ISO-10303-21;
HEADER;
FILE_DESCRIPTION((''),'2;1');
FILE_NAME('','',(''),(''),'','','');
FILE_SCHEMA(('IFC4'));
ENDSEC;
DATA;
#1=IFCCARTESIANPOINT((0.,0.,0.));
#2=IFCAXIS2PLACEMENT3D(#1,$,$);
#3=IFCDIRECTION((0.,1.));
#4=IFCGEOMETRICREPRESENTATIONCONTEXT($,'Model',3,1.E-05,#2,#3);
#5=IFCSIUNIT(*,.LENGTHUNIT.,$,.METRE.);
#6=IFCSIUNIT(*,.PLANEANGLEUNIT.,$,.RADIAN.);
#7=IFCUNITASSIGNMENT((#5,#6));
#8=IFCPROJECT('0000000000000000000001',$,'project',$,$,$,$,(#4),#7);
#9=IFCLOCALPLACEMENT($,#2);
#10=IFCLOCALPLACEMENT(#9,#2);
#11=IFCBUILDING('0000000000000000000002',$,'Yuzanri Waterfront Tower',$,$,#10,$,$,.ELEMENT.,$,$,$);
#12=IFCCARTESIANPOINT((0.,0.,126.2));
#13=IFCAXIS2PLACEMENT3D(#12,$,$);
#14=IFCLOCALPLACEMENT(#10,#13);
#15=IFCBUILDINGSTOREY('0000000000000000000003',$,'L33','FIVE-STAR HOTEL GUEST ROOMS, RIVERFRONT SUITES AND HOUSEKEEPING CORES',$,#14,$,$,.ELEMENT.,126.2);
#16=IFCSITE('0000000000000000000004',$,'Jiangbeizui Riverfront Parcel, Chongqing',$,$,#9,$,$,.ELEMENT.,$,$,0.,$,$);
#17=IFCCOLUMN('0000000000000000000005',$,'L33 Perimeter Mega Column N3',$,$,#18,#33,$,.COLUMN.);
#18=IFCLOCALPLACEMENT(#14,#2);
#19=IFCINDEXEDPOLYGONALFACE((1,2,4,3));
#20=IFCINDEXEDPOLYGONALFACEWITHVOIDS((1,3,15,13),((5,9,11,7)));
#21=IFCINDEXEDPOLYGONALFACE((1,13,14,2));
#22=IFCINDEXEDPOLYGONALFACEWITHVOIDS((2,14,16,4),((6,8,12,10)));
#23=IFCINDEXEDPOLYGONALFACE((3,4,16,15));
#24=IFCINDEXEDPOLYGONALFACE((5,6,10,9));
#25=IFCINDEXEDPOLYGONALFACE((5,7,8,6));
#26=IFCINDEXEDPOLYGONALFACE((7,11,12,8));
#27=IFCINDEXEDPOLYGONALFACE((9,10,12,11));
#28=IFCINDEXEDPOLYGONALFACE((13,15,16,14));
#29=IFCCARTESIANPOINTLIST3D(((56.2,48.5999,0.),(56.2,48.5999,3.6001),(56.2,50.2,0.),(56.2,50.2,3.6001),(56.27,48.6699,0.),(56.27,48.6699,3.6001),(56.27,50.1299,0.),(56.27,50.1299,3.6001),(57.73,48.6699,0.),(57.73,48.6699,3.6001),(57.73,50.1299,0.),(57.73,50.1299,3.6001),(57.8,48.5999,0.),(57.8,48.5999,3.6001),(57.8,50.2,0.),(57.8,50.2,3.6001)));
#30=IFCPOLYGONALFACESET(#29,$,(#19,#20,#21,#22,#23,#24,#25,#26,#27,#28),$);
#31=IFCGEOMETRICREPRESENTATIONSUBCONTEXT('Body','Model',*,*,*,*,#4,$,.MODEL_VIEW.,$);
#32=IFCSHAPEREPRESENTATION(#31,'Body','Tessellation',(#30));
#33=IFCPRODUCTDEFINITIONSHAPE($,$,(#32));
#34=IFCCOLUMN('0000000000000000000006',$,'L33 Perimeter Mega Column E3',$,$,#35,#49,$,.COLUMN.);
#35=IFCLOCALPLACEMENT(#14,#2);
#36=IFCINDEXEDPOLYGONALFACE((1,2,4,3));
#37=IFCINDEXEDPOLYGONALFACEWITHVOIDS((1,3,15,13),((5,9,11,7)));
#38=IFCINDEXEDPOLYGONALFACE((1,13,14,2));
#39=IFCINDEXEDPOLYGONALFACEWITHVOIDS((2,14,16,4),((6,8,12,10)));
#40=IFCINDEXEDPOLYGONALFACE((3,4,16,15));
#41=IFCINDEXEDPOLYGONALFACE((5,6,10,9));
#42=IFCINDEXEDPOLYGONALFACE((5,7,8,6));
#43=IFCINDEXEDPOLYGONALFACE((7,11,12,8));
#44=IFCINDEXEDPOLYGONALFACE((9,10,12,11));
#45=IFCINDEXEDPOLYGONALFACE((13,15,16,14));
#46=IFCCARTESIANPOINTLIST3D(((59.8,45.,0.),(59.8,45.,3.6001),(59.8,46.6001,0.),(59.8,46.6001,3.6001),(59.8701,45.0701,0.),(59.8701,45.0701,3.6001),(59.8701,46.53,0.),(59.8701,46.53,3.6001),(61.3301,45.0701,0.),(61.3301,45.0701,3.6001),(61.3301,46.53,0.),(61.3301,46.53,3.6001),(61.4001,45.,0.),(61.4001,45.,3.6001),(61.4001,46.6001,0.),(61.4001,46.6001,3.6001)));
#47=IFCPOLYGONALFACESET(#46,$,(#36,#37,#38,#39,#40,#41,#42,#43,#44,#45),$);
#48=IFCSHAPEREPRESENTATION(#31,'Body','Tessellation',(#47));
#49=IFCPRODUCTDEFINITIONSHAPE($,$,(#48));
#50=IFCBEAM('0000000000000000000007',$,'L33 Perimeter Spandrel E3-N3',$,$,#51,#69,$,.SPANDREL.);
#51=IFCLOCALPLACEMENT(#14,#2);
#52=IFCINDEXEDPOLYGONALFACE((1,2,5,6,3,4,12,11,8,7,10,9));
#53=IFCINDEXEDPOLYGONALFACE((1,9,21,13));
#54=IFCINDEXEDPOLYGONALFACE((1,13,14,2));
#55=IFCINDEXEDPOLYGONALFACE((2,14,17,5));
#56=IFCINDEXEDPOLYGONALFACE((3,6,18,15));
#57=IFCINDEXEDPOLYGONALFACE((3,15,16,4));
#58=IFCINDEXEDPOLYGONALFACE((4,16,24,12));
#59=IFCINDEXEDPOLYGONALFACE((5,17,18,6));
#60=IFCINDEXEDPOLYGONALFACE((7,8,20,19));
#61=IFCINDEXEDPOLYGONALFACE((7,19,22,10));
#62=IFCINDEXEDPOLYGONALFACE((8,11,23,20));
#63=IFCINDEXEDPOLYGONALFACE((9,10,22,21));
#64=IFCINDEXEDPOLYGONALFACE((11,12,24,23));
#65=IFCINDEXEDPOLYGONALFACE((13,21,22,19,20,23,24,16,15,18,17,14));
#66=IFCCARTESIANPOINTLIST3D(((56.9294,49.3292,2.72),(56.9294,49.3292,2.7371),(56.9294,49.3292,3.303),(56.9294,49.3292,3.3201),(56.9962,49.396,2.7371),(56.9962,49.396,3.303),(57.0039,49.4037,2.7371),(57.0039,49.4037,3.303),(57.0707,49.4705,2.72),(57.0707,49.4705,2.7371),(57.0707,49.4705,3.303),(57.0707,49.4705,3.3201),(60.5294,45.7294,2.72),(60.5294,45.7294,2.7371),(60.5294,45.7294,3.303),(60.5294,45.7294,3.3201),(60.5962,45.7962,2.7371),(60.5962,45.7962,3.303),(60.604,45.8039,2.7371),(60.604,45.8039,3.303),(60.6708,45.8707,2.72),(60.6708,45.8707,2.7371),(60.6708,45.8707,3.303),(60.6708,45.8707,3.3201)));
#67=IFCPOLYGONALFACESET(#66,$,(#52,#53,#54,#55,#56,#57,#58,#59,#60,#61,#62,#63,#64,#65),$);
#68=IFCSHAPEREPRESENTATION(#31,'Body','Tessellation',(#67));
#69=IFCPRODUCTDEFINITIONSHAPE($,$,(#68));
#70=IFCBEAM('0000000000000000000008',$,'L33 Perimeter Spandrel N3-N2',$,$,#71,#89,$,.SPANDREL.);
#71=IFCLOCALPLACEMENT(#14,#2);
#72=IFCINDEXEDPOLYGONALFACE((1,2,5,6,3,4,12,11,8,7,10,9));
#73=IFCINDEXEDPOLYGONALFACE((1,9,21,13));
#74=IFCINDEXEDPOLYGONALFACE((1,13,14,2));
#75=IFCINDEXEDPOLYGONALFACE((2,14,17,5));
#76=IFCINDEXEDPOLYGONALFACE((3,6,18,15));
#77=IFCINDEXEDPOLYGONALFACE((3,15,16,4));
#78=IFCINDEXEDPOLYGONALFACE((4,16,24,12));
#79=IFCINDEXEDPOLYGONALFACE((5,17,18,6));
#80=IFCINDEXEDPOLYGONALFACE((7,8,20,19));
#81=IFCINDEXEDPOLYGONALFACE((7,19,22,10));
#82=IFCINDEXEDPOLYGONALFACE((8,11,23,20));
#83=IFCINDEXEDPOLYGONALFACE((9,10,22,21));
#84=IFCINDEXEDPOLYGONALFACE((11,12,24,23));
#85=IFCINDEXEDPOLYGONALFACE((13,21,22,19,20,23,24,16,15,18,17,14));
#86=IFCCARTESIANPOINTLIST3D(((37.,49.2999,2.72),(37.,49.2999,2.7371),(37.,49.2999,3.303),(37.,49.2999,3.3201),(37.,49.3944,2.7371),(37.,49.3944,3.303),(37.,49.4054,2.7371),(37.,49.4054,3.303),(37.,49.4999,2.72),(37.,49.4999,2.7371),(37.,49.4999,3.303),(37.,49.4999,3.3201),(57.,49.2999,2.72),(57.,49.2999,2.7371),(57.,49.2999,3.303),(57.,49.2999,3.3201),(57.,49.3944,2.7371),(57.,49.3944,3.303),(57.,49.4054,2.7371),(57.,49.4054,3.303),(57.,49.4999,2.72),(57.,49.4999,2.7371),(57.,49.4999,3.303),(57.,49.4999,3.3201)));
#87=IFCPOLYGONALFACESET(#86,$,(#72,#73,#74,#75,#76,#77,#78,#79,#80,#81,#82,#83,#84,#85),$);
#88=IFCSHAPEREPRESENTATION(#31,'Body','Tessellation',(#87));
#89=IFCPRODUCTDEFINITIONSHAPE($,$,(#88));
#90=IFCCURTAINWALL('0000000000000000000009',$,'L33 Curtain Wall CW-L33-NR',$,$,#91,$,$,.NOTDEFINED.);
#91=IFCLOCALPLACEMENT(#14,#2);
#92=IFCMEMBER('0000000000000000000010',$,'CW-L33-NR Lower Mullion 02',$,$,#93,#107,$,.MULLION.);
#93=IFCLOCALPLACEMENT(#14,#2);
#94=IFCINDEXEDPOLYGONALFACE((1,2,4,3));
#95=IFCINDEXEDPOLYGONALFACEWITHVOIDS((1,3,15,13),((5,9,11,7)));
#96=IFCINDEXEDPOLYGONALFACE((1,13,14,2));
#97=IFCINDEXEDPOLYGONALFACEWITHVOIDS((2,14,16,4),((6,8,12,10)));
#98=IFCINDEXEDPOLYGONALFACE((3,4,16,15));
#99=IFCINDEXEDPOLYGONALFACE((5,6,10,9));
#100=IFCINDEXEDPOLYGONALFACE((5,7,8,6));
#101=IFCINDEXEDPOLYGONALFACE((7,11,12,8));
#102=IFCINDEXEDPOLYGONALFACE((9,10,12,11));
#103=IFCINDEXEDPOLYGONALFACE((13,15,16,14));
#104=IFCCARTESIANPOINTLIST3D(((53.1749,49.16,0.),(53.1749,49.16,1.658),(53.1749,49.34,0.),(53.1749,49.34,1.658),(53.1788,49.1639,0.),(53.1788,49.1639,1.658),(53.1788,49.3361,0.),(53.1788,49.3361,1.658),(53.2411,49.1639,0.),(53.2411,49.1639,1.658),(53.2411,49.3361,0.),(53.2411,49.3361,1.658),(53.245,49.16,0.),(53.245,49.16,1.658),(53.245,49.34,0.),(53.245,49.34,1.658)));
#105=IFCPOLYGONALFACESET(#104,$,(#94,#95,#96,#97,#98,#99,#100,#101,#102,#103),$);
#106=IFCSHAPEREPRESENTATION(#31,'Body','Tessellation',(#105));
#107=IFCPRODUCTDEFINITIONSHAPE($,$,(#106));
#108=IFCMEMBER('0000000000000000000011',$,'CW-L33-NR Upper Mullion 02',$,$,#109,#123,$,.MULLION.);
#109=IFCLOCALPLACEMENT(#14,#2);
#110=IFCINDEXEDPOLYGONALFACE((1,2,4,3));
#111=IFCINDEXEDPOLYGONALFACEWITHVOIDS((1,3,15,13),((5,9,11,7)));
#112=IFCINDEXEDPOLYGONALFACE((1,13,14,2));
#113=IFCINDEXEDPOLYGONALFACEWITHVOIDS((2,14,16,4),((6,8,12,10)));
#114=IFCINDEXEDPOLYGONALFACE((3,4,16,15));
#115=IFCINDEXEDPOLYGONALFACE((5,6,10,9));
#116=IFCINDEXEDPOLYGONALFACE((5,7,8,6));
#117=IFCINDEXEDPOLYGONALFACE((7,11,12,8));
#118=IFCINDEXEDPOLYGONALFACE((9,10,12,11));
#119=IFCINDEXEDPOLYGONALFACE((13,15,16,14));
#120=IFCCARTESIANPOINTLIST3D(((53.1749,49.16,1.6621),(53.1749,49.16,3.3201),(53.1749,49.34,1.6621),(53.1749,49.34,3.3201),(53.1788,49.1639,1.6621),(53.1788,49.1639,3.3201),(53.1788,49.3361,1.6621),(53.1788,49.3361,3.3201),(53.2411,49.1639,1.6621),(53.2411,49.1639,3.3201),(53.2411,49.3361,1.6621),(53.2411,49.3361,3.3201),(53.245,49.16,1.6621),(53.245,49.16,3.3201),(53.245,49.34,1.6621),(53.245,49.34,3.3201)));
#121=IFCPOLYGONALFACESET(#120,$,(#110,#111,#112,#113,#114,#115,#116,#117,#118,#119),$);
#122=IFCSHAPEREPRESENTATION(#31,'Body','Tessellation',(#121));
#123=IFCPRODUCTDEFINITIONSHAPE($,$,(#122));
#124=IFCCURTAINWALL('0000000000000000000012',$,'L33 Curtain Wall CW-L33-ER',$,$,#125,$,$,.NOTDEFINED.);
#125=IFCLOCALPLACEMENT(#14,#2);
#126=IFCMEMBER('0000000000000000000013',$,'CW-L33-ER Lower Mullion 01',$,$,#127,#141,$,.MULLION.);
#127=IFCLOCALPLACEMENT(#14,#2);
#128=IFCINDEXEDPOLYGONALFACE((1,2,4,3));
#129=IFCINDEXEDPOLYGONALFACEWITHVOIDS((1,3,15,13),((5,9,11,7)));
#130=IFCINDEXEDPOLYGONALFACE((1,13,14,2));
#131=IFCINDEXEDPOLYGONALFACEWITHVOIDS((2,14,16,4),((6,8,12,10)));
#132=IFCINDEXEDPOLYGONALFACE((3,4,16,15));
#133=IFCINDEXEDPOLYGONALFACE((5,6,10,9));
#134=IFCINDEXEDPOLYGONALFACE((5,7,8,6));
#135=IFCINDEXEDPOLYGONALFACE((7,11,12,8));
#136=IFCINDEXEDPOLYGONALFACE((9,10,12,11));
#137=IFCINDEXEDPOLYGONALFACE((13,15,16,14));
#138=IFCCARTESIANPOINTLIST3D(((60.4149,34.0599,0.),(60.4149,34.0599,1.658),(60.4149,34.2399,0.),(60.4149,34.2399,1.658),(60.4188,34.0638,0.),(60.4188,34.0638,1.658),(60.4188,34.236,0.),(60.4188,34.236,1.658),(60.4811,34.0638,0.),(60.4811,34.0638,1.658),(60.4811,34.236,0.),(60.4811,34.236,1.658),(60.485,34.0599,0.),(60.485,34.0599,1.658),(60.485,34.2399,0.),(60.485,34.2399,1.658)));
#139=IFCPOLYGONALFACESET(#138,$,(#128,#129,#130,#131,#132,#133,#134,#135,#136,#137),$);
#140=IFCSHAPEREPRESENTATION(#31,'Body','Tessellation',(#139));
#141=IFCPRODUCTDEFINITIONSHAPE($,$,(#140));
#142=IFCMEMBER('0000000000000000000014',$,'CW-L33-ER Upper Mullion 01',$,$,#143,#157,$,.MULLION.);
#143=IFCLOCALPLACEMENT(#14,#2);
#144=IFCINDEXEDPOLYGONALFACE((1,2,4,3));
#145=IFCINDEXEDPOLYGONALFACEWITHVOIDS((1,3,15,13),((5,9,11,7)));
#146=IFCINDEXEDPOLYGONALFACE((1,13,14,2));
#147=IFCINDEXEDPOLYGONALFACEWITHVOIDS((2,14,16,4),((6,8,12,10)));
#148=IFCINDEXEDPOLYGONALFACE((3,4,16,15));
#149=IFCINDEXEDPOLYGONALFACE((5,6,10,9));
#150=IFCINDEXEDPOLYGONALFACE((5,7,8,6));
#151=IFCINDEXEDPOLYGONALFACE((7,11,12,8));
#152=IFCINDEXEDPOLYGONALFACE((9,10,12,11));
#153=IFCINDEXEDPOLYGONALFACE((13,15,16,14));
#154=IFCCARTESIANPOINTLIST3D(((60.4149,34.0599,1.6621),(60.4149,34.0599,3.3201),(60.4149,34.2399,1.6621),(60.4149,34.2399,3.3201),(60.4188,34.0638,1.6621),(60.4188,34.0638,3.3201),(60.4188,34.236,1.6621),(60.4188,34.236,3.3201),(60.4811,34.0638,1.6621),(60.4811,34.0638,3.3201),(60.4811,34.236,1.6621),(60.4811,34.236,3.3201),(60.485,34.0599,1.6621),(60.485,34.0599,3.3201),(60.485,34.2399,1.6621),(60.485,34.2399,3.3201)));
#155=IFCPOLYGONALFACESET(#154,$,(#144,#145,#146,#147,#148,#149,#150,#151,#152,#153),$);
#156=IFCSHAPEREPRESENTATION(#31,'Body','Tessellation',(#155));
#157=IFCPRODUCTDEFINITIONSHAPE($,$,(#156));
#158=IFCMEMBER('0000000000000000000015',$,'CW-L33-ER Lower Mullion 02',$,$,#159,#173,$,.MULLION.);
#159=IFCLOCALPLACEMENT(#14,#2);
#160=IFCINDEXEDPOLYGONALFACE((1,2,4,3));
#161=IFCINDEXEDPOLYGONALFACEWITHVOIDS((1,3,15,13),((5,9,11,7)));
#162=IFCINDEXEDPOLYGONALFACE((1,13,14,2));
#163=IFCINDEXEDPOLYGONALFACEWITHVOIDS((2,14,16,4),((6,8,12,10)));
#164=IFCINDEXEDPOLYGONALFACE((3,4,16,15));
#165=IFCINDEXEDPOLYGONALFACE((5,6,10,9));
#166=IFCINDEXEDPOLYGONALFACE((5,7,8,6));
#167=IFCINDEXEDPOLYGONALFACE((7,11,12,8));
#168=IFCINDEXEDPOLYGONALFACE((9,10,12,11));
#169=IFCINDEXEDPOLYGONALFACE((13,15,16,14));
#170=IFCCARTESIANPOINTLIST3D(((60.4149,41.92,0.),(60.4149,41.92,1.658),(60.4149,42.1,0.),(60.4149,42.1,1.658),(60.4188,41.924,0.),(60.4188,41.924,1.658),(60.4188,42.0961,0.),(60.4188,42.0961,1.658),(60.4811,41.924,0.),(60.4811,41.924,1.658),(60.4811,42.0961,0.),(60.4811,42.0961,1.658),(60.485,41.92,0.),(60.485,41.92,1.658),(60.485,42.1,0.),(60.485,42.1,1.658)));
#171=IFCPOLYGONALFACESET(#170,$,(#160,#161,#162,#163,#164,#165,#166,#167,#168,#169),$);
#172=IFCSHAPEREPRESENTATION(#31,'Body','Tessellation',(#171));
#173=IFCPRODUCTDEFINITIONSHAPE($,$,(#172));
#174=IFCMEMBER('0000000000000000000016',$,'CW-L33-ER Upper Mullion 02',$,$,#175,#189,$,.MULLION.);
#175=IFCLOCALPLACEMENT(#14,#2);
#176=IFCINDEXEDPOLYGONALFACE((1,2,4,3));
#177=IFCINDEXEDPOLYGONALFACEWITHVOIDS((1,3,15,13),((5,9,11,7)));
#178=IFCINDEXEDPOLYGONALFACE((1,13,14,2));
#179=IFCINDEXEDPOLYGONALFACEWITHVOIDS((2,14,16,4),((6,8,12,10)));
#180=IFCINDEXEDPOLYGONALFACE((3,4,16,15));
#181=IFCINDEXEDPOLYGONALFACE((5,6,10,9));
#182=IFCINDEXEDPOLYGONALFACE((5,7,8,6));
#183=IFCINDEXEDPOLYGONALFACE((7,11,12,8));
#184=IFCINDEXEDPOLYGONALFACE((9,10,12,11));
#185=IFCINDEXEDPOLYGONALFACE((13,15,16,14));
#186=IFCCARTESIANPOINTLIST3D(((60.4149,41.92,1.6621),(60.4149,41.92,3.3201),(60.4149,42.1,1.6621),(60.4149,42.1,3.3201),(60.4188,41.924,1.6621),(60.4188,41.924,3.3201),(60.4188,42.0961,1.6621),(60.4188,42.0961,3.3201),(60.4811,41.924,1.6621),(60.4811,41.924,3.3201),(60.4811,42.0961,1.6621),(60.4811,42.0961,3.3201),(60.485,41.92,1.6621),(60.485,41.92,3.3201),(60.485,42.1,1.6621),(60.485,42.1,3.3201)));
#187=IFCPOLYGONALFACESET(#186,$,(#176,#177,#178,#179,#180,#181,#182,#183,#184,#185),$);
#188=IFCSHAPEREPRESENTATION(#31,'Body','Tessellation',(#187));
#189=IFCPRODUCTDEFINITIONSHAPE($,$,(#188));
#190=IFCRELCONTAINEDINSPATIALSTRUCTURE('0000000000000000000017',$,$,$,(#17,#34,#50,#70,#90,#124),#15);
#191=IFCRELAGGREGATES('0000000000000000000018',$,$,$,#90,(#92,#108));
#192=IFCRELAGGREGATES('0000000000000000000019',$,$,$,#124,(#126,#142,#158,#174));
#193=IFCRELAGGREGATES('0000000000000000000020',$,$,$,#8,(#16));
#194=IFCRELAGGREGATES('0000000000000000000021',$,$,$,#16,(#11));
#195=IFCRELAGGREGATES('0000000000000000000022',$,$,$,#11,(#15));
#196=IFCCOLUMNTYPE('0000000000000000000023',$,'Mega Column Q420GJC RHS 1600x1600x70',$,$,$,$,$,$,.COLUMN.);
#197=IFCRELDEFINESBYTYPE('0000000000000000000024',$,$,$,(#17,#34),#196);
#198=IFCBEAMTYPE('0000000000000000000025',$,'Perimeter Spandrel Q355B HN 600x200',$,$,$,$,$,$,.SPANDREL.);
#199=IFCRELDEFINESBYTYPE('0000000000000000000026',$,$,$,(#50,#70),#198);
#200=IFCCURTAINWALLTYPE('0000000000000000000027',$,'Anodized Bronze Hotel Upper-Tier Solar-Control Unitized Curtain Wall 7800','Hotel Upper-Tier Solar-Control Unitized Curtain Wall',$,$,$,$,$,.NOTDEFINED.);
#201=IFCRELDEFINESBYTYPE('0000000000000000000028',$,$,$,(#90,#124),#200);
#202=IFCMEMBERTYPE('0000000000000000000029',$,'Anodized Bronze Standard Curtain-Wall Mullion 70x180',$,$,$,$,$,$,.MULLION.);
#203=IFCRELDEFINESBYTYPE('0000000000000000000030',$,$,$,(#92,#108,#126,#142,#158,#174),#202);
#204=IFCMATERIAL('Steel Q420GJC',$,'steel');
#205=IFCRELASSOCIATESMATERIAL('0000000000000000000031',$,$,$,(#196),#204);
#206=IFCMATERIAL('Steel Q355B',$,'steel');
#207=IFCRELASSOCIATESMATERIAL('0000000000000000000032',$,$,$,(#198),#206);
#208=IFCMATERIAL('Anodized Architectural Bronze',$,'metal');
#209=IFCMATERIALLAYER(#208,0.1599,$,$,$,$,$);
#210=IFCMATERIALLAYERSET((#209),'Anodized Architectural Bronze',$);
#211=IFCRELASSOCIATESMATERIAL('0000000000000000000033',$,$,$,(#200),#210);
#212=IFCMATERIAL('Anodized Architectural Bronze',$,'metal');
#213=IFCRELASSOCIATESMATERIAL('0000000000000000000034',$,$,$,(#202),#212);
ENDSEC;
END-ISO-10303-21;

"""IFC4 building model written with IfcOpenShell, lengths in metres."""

from ifc_helpers import new_model, si_unit, direction, frame, origin, origin_2d, place, context, subcontext, project, spatial, hollow_rectangle, i_section, extrude, source, transform, mapped, material, layer, layer_set, material_profile, profile_set, type_object, element, aggregate, save


model = new_model("IFC4")

# Units and contexts
model_context = context("Model", 3, precision=1e-05, world=origin(), true_north=direction((0.0, 1.0)))
body_context = subcontext(model_context, "Body", "Model", "MODEL_VIEW")
ifc_project = project(units=[si_unit("LENGTHUNIT", "METRE"), si_unit("PLANEANGLEUNIT", "RADIAN")], contexts=[model_context])

# Site, building, storey
site_placement = place(None, origin())
site = spatial("IfcSite", under=ifc_project, at=site_placement, Name="Jiangbeizui Riverfront Parcel, Chongqing", CompositionType="ELEMENT", RefElevation=0.0)
building_placement = place(site_placement, origin())
building = spatial("IfcBuilding", under=site, at=building_placement, Name="Yuzanri Waterfront Tower", CompositionType="ELEMENT")
storey_placement = place(building_placement, frame((0.0, 0.0, 126.2)))
storey = spatial("IfcBuildingStorey", under=building, at=storey_placement, Name="L33", Description="FIVE-STAR HOTEL GUEST ROOMS, RIVERFRONT SUITES AND HOUSEKEEPING CORES", CompositionType="ELEMENT", Elevation=126.2)

# Columns
ifc_material_1 = material(Name="Steel Q420GJC", Category="steel")
ifc_material_profile_1 = material_profile(ifc_material_1, hollow_rectangle(XDim=1.6001, YDim=1.6001, WallThickness=0.0701, at=origin_2d()), Name="RHS 1600x1600x70")
ifc_profile_set_1 = profile_set([ifc_material_profile_1], Name="Steel Q420GJC")
column_type = type_object("IfcColumnType", Name="Mega Column Q420GJC RHS 1600x1600x70", PredefinedType="COLUMN", material=ifc_profile_set_1)
shared_shape_1 = source(origin(), body_context, "Body", "SweptSolid", [
    extrude(hollow_rectangle(XDim=1.6001, YDim=1.6001, WallThickness=0.0701, at=origin_2d()), origin(), (0.0, 0.0, 1.0), 3.6001),
])
for number, where, z_axis, x_axis, name in (
    (1, (57.0, 49.3999, 0.0), (0.0, 0.0, 1.0), (1.0, 0.0, 0.0), "L33 Perimeter Mega Column N3"),
    (2, (60.6001, 45.8, 0.0), (0.0, 0.0, 1.0), (1.0, 0.0, 0.0), "L33 Perimeter Mega Column E3"),
):
    element("IfcColumn", number, at=place(storey_placement, frame(where, z_axis=z_axis, x_axis=x_axis)), inside=storey, type_object=column_type, Name=name, PredefinedType="COLUMN", context=body_context, shape_type="MappedRepresentation", body=[
        mapped(shared_shape_1, transform((0.0, 0.0, 0.0), scale=1.0)),
    ])

# Beams
ifc_material_2 = material(Name="Steel Q355B", Category="steel")
ifc_material_profile_2 = material_profile(ifc_material_2, i_section(OverallWidth=0.2, OverallDepth=0.6001, WebThickness=0.011, FlangeThickness=0.0171, at=origin_2d()), Name="HN 600x200x11x17")
ifc_profile_set_2 = profile_set([ifc_material_profile_2], Name="Steel Q355B")
beam_type = type_object("IfcBeamType", Name="Perimeter Spandrel Q355B HN 600x200", PredefinedType="SPANDREL", material=ifc_profile_set_2)
shared_shape_2 = source(origin(), body_context, "Body", "SweptSolid", [
    extrude(i_section(OverallWidth=0.2, OverallDepth=0.6001, WebThickness=0.011, FlangeThickness=0.0171, at=origin_2d()), origin(), (0.0, 0.0, 1.0), 5.0911),
])
beam_1_placement = place(storey_placement, frame((60.6001, 45.8, 3.02), z_axis=(-0.707131, 0.707083, 0.0), x_axis=(-0.707083, -0.707131, 0.0)))
element("IfcBeam", 3, at=beam_1_placement, inside=storey, type_object=beam_type, Name="L33 Perimeter Spandrel E3-N3", PredefinedType="SPANDREL", context=body_context, shape_type="MappedRepresentation", body=[
    mapped(shared_shape_2, transform((0.0, 0.0, 0.0), scale=1.0)),
])
shared_shape_3 = source(origin(), body_context, "Body", "SweptSolid", [
    extrude(i_section(OverallWidth=0.2, OverallDepth=0.6001, WebThickness=0.011, FlangeThickness=0.0171, at=origin_2d()), origin(), (0.0, 0.0, 1.0), 20.0),
])
beam_2_placement = place(storey_placement, frame((57.0, 49.3999, 3.02), z_axis=(-1.0, 0.0, 0.0), x_axis=(0.0, -1.0, 0.0)))
element("IfcBeam", 4, at=beam_2_placement, inside=storey, type_object=beam_type, Name="L33 Perimeter Spandrel N3-N2", PredefinedType="SPANDREL", context=body_context, shape_type="MappedRepresentation", body=[
    mapped(shared_shape_3, transform((0.0, 0.0, 0.0), scale=1.0)),
])

# Curtain walls, members
ifc_material_3 = material(Name="Anodized Architectural Bronze", Category="metal")
ifc_layer_1 = layer(ifc_material_3, 0.1599)
ifc_layer_set_1 = layer_set([ifc_layer_1], Name="Anodized Architectural Bronze")
curtain_wall_type = type_object("IfcCurtainWallType", Name="Anodized Bronze Hotel Upper-Tier Solar-Control Unitized Curtain Wall 7800", Description="Hotel Upper-Tier Solar-Control Unitized Curtain Wall", PredefinedType="NOTDEFINED", material=ifc_layer_set_1)
curtain_wall_1_placement = place(storey_placement, origin())
curtain_wall_1 = element("IfcCurtainWall", 5, at=curtain_wall_1_placement, inside=storey, type_object=curtain_wall_type, Name="L33 Curtain Wall CW-L33-NR", PredefinedType="NOTDEFINED")
ifc_material_4 = material(Name="Anodized Architectural Bronze", Category="metal")
ifc_material_profile_3 = material_profile(ifc_material_4, hollow_rectangle(XDim=0.0701, YDim=0.1799, WallThickness=0.0039, at=origin_2d()), Name="CWM 70x180")
ifc_profile_set_3 = profile_set([ifc_material_profile_3], Name="Anodized Architectural Bronze")
member_type = type_object("IfcMemberType", Name="Anodized Bronze Standard Curtain-Wall Mullion 70x180", PredefinedType="MULLION", material=ifc_profile_set_3)
shared_shape_4 = source(origin(), body_context, "Body", "SweptSolid", [
    extrude(hollow_rectangle(XDim=0.0701, YDim=0.1799, WallThickness=0.0039, at=origin_2d()), origin(), (0.0, 0.0, 1.0), 1.658),
])
member_1_placement = place(storey_placement, frame((53.21, 49.25, 0.0), z_axis=(0.0, 0.0, 1.0), x_axis=(1.0, 0.0, 0.0)))
member_1 = element("IfcMember", 6, at=member_1_placement, type_object=member_type, Name="CW-L33-NR Lower Mullion 02", PredefinedType="MULLION", context=body_context, shape_type="MappedRepresentation", body=[
    mapped(shared_shape_4, transform((0.0, 0.0, 0.0), scale=1.0)),
])
member_2_placement = place(storey_placement, frame((53.21, 49.25, 1.6621), z_axis=(0.0, 0.0, 1.0), x_axis=(1.0, 0.0, 0.0)))
member_2 = element("IfcMember", 7, at=member_2_placement, type_object=member_type, Name="CW-L33-NR Upper Mullion 02", PredefinedType="MULLION", context=body_context, shape_type="MappedRepresentation", body=[
    mapped(shared_shape_4, transform((0.0, 0.0, 0.0), scale=1.0)),
])
aggregate(curtain_wall_1, [member_1, member_2])
curtain_wall_2_placement = place(storey_placement, origin())
curtain_wall_2 = element("IfcCurtainWall", 8, at=curtain_wall_2_placement, inside=storey, type_object=curtain_wall_type, Name="L33 Curtain Wall CW-L33-ER", PredefinedType="NOTDEFINED")
member_3_placement = place(storey_placement, frame((60.45, 34.1499, 0.0), z_axis=(0.0, 0.0, 1.0), x_axis=(1.0, 0.0, 0.0)))
member_3 = element("IfcMember", 9, at=member_3_placement, type_object=member_type, Name="CW-L33-ER Lower Mullion 01", PredefinedType="MULLION", context=body_context, shape_type="MappedRepresentation", body=[
    mapped(shared_shape_4, transform((0.0, 0.0, 0.0), scale=1.0)),
])
member_4_placement = place(storey_placement, frame((60.45, 34.1499, 1.6621), z_axis=(0.0, 0.0, 1.0), x_axis=(1.0, 0.0, 0.0)))
member_4 = element("IfcMember", 10, at=member_4_placement, type_object=member_type, Name="CW-L33-ER Upper Mullion 01", PredefinedType="MULLION", context=body_context, shape_type="MappedRepresentation", body=[
    mapped(shared_shape_4, transform((0.0, 0.0, 0.0), scale=1.0)),
])
member_5_placement = place(storey_placement, frame((60.45, 42.01, 0.0), z_axis=(0.0, 0.0, 1.0), x_axis=(1.0, 0.0, 0.0)))
member_5 = element("IfcMember", 11, at=member_5_placement, type_object=member_type, Name="CW-L33-ER Lower Mullion 02", PredefinedType="MULLION", context=body_context, shape_type="MappedRepresentation", body=[
    mapped(shared_shape_4, transform((0.0, 0.0, 0.0), scale=1.0)),
])
member_6_placement = place(storey_placement, frame((60.45, 42.01, 1.6621), z_axis=(0.0, 0.0, 1.0), x_axis=(1.0, 0.0, 0.0)))
member_6 = element("IfcMember", 12, at=member_6_placement, type_object=member_type, Name="CW-L33-ER Upper Mullion 02", PredefinedType="MULLION", context=body_context, shape_type="MappedRepresentation", body=[
    mapped(shared_shape_4, transform((0.0, 0.0, 0.0), scale=1.0)),
])

aggregate(curtain_wall_2, [member_3, member_4, member_5, member_6])

save(model, "model.ifc")
